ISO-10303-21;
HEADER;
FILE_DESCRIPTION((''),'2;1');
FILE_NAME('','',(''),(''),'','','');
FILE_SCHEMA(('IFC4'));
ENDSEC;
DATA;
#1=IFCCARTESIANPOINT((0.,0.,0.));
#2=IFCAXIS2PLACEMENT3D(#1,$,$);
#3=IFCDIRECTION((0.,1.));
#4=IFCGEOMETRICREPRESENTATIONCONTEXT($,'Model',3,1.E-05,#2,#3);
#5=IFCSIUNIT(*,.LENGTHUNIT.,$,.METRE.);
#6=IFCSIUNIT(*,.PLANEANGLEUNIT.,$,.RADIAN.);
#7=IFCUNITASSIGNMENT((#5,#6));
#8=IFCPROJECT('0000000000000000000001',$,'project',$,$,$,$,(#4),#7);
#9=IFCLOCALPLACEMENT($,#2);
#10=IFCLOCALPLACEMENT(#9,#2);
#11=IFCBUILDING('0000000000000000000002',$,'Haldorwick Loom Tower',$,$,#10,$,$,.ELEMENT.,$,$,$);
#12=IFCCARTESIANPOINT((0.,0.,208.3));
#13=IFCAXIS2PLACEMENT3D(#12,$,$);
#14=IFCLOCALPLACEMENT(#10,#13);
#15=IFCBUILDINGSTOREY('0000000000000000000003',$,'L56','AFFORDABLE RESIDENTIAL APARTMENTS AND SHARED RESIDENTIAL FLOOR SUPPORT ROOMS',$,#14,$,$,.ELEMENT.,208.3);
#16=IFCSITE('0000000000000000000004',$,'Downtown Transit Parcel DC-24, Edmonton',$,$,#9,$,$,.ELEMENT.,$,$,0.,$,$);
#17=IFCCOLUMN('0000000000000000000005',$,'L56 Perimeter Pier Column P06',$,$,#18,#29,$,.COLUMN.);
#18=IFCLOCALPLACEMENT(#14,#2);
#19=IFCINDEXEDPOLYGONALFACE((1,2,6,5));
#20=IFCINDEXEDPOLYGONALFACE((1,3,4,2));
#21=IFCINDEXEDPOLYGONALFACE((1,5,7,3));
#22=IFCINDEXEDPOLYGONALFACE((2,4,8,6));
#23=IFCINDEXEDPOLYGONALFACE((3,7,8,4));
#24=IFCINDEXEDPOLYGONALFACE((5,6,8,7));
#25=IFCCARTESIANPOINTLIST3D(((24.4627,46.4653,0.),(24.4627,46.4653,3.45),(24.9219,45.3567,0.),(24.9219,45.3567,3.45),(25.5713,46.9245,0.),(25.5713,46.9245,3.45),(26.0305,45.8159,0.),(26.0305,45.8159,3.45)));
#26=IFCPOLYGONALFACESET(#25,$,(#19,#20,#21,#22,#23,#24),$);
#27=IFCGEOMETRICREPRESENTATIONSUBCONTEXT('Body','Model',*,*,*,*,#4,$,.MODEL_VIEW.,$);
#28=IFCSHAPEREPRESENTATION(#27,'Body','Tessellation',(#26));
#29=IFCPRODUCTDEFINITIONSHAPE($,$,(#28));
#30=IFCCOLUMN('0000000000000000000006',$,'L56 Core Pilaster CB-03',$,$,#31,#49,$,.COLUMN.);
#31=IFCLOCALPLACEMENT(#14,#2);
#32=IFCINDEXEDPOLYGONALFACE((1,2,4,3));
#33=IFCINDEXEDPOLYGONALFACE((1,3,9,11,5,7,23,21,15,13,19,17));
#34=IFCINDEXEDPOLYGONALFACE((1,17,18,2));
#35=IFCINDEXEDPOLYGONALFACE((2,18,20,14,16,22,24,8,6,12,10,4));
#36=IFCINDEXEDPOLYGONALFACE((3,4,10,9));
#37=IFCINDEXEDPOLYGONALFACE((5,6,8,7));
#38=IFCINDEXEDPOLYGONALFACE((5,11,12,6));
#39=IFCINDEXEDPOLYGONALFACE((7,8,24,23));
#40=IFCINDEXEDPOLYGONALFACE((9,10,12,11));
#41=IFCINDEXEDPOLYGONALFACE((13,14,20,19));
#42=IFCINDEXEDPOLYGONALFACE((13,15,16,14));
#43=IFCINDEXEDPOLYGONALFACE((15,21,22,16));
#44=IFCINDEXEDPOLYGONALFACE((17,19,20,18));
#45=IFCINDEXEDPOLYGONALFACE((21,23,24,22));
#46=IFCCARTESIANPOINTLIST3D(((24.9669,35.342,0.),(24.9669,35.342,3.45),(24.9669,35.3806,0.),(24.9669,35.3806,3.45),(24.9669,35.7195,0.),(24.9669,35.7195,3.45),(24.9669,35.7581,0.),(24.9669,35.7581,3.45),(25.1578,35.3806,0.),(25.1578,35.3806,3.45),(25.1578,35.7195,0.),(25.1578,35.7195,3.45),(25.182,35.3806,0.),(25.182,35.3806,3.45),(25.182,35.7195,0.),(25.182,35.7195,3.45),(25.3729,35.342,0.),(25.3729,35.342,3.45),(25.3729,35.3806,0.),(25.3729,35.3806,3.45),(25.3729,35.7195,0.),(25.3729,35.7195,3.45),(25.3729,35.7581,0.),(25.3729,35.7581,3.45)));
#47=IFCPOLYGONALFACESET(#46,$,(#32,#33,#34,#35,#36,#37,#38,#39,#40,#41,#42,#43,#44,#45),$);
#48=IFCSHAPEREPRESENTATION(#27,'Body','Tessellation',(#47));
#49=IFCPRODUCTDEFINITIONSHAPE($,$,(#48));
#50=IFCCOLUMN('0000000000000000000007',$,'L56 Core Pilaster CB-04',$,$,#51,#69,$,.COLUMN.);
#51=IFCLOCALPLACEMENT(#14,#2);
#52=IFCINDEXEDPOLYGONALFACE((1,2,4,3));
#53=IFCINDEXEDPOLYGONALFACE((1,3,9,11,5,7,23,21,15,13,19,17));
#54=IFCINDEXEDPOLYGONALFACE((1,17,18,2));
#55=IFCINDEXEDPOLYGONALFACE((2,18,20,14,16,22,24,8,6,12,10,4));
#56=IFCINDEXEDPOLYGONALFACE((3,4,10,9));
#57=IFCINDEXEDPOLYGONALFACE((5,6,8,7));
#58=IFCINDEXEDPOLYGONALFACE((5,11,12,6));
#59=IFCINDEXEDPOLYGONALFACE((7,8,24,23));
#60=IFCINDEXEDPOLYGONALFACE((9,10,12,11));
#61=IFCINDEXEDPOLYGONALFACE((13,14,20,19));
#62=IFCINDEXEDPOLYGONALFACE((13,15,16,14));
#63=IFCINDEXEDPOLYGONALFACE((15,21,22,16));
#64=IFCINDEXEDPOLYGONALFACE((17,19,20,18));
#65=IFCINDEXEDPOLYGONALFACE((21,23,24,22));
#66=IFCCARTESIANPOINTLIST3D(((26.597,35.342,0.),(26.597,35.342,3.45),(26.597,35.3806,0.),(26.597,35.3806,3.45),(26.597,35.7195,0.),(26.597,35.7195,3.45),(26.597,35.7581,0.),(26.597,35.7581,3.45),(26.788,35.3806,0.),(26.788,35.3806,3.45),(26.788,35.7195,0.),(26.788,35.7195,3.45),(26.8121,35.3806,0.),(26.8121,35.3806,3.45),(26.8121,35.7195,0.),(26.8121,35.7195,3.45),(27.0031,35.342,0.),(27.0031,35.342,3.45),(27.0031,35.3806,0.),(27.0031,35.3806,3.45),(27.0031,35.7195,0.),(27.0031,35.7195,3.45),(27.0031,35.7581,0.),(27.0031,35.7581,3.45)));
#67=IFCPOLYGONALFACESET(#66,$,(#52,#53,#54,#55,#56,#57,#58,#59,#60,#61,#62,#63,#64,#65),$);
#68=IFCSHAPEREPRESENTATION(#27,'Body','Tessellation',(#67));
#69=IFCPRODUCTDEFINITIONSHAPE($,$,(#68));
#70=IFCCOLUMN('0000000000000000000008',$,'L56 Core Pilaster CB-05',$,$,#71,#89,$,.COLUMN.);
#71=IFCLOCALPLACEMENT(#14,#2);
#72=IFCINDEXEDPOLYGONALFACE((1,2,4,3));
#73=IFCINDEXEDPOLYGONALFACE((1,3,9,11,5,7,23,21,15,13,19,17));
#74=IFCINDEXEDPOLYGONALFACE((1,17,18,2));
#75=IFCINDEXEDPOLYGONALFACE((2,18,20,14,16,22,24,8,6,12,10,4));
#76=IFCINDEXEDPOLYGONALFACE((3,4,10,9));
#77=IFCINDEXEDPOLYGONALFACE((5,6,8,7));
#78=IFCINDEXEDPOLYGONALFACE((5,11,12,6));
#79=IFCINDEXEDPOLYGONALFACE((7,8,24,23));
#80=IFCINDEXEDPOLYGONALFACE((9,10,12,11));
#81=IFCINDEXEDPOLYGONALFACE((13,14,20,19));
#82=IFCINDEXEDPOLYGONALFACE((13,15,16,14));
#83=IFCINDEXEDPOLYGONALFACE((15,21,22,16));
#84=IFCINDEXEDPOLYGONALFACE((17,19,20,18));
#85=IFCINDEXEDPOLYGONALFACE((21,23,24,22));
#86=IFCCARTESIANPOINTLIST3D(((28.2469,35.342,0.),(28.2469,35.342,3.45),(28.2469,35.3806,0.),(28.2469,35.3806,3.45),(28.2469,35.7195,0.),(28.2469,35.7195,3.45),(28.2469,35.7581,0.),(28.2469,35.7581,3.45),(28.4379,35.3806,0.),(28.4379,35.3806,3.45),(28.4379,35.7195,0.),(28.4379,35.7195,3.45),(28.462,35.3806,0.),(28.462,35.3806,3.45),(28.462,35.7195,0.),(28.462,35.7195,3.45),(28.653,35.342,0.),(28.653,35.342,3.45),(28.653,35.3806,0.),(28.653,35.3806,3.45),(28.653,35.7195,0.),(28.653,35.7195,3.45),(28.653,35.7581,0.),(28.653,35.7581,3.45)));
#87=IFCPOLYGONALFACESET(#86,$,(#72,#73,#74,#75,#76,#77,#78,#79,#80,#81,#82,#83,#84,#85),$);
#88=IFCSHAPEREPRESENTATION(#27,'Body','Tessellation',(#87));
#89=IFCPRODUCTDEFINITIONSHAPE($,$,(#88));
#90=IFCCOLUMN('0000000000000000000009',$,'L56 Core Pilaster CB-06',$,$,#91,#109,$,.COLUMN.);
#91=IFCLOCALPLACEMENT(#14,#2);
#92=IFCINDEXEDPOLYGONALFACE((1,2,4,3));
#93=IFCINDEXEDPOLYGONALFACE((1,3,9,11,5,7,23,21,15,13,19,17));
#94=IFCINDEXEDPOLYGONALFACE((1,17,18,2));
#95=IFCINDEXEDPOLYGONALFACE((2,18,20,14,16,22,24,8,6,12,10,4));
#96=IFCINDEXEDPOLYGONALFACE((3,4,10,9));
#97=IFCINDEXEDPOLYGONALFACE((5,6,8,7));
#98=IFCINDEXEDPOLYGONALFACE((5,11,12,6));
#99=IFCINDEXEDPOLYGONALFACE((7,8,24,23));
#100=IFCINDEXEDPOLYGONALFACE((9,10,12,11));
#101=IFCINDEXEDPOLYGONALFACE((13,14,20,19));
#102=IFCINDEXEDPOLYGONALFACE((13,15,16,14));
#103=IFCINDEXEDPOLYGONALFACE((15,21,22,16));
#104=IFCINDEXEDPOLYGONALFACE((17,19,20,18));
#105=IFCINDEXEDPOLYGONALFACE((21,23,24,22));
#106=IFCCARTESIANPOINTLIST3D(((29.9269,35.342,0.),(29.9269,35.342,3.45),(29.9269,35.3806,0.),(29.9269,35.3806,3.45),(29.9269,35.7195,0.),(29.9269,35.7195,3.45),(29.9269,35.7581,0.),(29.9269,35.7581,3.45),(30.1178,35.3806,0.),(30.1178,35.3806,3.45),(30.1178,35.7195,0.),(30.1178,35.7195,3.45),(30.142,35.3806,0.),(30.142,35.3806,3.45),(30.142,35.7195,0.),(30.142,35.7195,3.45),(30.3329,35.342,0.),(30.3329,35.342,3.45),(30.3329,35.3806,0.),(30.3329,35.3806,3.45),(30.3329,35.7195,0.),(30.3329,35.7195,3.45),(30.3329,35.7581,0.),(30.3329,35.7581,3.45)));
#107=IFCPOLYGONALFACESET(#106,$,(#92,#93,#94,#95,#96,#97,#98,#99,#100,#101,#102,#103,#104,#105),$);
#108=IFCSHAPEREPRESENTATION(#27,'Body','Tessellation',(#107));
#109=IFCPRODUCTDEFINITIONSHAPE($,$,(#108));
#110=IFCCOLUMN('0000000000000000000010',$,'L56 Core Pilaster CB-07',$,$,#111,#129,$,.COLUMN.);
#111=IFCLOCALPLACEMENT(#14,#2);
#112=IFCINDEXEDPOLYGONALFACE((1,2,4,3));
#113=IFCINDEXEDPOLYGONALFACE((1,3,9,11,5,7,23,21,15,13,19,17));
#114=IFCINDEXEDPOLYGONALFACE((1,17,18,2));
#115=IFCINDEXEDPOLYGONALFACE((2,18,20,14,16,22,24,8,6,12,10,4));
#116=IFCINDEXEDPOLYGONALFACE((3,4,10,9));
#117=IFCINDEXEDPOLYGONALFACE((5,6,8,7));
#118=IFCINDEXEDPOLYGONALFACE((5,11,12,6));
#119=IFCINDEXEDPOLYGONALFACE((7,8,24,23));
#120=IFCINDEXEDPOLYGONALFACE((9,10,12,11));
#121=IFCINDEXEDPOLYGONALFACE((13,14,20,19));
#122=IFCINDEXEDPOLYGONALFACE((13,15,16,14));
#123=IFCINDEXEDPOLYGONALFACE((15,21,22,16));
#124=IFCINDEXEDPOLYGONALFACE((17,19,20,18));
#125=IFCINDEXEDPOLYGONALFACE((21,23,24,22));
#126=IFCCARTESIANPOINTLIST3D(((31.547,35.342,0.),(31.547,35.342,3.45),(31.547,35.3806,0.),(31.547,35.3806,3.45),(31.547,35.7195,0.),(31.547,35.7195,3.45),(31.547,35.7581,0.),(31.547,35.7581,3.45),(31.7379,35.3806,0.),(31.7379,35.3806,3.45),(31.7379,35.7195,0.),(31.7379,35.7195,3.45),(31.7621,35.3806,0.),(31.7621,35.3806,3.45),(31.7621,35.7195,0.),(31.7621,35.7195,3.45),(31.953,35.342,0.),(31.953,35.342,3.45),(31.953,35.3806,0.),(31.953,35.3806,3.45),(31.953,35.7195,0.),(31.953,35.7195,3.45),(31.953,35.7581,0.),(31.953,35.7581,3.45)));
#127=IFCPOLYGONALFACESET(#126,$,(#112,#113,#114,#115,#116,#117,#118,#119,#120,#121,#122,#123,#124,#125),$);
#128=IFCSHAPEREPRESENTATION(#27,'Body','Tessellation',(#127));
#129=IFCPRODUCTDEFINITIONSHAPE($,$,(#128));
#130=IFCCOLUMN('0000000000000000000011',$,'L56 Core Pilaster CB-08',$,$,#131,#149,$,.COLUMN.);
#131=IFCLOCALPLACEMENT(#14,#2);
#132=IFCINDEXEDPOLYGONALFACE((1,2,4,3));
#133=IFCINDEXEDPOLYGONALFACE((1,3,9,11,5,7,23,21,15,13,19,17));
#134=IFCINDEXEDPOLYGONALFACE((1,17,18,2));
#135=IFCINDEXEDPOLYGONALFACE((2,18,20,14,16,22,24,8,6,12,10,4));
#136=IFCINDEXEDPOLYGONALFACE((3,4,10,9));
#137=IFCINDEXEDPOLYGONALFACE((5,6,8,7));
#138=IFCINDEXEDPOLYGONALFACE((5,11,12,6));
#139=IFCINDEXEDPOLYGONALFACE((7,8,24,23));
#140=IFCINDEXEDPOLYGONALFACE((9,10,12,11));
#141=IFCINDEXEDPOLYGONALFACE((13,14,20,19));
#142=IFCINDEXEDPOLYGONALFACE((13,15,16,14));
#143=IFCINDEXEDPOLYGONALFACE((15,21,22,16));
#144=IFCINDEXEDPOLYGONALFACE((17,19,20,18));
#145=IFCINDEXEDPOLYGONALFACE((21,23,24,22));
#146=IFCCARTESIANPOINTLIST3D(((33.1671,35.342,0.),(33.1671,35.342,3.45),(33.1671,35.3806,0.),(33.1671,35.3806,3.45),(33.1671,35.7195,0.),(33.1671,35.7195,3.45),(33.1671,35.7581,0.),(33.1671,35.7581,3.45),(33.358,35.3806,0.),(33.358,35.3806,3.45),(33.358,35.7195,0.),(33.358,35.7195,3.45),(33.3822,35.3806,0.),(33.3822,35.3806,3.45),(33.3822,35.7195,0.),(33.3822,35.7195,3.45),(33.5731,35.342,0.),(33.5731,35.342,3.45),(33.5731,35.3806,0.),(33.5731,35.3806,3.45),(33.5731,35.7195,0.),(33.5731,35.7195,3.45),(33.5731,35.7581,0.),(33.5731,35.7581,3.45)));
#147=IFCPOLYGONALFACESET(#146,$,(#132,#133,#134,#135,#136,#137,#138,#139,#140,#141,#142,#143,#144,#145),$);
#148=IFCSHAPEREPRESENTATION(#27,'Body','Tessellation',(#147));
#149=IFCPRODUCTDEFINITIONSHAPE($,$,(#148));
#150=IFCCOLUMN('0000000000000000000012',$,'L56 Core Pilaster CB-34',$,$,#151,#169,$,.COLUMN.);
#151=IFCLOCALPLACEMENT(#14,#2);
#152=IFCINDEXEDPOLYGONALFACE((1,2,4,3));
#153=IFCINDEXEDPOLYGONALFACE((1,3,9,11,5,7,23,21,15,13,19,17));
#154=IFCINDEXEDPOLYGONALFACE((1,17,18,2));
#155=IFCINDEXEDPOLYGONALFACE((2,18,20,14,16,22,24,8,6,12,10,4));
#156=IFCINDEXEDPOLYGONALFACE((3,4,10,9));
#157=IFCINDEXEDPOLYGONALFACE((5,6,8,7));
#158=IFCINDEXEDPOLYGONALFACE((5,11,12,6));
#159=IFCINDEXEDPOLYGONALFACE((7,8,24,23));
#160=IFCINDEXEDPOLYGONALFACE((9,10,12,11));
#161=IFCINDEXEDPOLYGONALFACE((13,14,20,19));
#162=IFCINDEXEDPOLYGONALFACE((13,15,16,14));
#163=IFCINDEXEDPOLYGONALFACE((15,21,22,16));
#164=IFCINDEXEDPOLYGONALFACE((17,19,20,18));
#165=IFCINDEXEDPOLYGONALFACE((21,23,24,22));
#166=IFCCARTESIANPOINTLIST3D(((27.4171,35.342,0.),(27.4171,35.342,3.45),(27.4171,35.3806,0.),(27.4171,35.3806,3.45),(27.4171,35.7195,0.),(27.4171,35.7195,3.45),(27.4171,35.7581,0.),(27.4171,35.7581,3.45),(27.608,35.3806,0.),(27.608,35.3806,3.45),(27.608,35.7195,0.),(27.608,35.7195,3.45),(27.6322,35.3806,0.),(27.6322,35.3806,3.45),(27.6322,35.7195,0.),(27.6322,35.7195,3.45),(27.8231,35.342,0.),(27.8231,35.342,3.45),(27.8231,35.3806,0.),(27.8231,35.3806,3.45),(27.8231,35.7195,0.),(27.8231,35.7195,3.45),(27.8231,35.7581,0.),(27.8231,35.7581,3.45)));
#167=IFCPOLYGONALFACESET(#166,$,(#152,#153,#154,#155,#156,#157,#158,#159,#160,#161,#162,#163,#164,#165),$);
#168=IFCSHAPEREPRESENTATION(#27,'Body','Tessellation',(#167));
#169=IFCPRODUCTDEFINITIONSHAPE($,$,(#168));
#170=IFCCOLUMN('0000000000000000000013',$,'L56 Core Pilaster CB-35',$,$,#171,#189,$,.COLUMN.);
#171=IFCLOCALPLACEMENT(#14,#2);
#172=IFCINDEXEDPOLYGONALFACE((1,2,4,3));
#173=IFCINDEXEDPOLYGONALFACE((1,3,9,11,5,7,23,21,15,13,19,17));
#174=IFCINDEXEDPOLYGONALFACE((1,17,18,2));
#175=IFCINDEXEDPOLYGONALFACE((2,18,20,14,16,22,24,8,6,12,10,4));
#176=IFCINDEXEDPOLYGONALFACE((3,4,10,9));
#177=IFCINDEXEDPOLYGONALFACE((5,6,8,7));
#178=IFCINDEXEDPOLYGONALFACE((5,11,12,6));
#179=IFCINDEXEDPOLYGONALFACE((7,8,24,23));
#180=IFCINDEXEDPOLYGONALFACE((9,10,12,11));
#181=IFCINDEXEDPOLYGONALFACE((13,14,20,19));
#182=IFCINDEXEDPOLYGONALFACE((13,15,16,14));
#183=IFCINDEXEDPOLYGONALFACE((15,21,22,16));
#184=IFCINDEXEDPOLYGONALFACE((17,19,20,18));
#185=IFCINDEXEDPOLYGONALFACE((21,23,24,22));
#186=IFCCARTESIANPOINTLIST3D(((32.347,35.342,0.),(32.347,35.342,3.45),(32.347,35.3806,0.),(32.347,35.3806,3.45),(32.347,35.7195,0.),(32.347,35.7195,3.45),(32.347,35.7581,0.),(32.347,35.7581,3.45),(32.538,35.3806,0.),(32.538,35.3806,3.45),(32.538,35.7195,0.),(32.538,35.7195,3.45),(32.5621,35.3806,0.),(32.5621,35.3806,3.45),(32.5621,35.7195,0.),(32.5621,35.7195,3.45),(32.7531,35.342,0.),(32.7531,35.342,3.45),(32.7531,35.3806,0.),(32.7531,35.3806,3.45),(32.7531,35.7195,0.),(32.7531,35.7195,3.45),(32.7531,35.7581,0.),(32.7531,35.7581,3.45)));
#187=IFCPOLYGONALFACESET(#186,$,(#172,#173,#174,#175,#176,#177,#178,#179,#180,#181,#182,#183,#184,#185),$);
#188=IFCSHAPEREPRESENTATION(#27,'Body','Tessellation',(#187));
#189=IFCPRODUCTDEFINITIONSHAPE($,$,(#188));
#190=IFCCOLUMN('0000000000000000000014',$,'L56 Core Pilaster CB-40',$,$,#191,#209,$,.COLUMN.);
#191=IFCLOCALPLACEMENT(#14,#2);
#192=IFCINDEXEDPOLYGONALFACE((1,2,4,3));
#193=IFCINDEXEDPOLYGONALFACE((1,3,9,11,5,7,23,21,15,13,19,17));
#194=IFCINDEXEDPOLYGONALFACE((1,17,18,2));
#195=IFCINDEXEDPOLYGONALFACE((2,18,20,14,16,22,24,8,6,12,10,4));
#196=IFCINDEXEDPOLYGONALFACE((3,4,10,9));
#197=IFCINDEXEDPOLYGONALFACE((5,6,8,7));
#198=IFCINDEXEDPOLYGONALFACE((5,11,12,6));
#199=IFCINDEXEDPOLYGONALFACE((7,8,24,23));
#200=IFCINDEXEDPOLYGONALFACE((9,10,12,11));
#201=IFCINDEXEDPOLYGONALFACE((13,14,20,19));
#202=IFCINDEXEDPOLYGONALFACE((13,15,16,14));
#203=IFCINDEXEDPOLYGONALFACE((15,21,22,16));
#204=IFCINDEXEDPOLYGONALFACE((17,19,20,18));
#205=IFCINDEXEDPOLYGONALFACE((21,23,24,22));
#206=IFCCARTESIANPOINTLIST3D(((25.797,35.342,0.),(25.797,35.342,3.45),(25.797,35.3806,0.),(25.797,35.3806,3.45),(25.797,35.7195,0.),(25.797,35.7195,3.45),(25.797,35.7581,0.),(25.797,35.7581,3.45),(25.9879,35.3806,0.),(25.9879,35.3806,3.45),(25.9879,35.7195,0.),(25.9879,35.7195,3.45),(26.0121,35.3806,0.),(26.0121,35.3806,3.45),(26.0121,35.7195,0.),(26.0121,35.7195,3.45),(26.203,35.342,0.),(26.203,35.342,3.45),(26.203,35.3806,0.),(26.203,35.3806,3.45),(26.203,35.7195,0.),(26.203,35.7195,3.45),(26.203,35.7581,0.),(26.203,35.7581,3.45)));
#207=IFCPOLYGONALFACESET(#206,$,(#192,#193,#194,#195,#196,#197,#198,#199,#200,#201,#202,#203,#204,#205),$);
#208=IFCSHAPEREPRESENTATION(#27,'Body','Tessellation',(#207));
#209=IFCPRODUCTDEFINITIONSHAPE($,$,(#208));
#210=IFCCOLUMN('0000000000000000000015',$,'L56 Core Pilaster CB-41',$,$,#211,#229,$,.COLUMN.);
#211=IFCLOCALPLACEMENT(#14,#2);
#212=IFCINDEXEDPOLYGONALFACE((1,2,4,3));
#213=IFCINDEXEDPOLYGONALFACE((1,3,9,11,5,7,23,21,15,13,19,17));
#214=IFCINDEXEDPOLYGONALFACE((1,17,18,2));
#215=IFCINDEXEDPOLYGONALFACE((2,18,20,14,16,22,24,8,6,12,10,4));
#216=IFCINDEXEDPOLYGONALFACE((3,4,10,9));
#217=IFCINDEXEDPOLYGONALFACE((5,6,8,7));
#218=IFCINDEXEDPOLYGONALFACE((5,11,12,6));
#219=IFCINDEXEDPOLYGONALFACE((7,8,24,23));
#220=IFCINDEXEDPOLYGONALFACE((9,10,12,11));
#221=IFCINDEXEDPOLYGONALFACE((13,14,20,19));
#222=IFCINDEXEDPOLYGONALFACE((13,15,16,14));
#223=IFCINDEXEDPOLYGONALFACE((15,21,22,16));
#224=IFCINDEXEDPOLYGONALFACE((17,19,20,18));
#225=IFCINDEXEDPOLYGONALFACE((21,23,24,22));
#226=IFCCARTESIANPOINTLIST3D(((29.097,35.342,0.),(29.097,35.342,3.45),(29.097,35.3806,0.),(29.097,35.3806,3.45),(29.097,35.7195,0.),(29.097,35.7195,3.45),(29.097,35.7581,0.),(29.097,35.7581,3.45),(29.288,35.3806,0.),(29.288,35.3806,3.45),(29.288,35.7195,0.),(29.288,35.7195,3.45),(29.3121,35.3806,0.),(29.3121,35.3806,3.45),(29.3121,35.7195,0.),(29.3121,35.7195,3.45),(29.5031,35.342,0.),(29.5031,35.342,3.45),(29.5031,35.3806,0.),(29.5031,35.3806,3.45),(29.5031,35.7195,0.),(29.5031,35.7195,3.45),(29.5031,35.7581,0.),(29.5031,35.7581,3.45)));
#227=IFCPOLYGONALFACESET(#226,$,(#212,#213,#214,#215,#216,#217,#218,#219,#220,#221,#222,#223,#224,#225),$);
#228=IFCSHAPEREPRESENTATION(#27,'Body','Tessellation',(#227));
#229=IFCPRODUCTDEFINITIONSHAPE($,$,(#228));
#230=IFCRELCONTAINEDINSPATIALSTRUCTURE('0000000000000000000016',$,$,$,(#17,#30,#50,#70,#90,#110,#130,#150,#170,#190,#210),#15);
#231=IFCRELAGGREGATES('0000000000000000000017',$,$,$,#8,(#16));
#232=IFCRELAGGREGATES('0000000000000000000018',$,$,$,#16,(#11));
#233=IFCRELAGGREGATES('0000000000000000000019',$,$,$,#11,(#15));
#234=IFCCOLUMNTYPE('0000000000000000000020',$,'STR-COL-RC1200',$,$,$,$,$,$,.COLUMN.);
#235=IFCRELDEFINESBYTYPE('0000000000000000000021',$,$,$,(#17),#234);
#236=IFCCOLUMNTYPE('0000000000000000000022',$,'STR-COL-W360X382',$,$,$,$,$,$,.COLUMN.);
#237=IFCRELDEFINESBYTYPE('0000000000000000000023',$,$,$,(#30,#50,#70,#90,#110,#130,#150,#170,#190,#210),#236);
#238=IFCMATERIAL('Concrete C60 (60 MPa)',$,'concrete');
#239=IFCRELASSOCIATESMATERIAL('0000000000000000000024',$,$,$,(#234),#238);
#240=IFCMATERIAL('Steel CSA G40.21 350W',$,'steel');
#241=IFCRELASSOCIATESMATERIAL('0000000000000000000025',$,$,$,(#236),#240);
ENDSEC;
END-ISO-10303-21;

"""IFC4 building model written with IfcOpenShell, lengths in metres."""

from ifc_helpers import new_model, si_unit, direction, frame, origin, origin_2d, place, context, subcontext, project, spatial, rectangle, i_section, extrude, material, material_profile, profile_set, type_object, element, save


model = new_model("IFC4")

# Units and contexts
model_context = context("Model", 3, precision=1e-05, world=origin(), true_north=direction((0.0, 1.0)))
body_context = subcontext(model_context, "Body", "Model", "MODEL_VIEW")
ifc_project = project(units=[si_unit("LENGTHUNIT", "METRE"), si_unit("PLANEANGLEUNIT", "RADIAN")], contexts=[model_context])

# Site, building, storey
site_placement = place(None, origin())
site = spatial("IfcSite", under=ifc_project, at=site_placement, Name="Downtown Transit Parcel DC-24, Edmonton", CompositionType="ELEMENT", RefElevation=0.0)
building_placement = place(site_placement, origin())
building = spatial("IfcBuilding", under=site, at=building_placement, Name="Haldorwick Loom Tower", CompositionType="ELEMENT")
storey_placement = place(building_placement, frame((0.0, 0.0, 208.3)))
storey = spatial("IfcBuildingStorey", under=building, at=storey_placement, Name="L56", Description="AFFORDABLE RESIDENTIAL APARTMENTS AND SHARED RESIDENTIAL FLOOR SUPPORT ROOMS", CompositionType="ELEMENT", Elevation=208.3)

# Columns
ifc_material_1 = material(Name="Concrete C60 (60 MPa)", Category="concrete")
ifc_material_profile_1 = material_profile(ifc_material_1, rectangle(XDim=1.2, YDim=1.2, at=origin_2d()), Name="RC1200X1200", Category="concrete")
ifc_profile_set_1 = profile_set([ifc_material_profile_1], Name="Concrete C60 (60 MPa)")
column_type_1 = type_object("IfcColumnType", Name="STR-COL-RC1200", PredefinedType="COLUMN", material=ifc_profile_set_1)
column_placement = place(storey_placement, frame((25.2466, 46.1406, 0.0), z_axis=(0.0, 0.0, 1.0), x_axis=(-0.382683, 0.92388, 0.0)))
element("IfcColumn", 1, at=column_placement, inside=storey, type_object=column_type_1, Name="L56 Perimeter Pier Column P06", PredefinedType="COLUMN", context=body_context, shape_type="SweptSolid", body=[
    extrude(rectangle(XDim=1.2, YDim=1.2, at=origin_2d()), origin(), (0.0, 0.0, 1.0), 3.45),
])
ifc_material_2 = material(Name="Steel CSA G40.21 350W", Category="steel")
ifc_material_profile_2 = material_profile(ifc_material_2, i_section(OverallWidth=0.406, OverallDepth=0.416, WebThickness=0.0242, FlangeThickness=0.0386, at=origin_2d()), Name="W360X382", Category="steel")
ifc_profile_set_2 = profile_set([ifc_material_profile_2], Name="Steel CSA G40.21 350W")
column_type_2 = type_object("IfcColumnType", Name="STR-COL-W360X382", PredefinedType="COLUMN", material=ifc_profile_set_2)
for number, where, z_axis, x_axis, name in (
    (2, (25.1699, 35.55, 0.0), (0.0, 0.0, 1.0), (1.0, 0.0, 0.0), "L56 Core Pilaster CB-03"),
    (3, (26.8, 35.55, 0.0), (0.0, 0.0, 1.0), (1.0, 0.0, 0.0), "L56 Core Pilaster CB-04"),
    (4, (28.45, 35.55, 0.0), (0.0, 0.0, 1.0), (1.0, 0.0, 0.0), "L56 Core Pilaster CB-05"),
    (5, (30.1299, 35.55, 0.0), (0.0, 0.0, 1.0), (1.0, 0.0, 0.0), "L56 Core Pilaster CB-06"),
    (6, (31.75, 35.55, 0.0), (0.0, 0.0, 1.0), (1.0, 0.0, 0.0), "L56 Core Pilaster CB-07"),
    (7, (33.3701, 35.55, 0.0), (0.0, 0.0, 1.0), (1.0, 0.0, 0.0), "L56 Core Pilaster CB-08"),
    (8, (27.6201, 35.55, 0.0), (0.0, 0.0, 1.0), (1.0, 0.0, 0.0), "L56 Core Pilaster CB-34"),
    (9, (32.55, 35.55, 0.0), (0.0, 0.0, 1.0), (1.0, 0.0, 0.0), "L56 Core Pilaster CB-35"),
    (10, (26.0, 35.55, 0.0), (0.0, 0.0, 1.0), (1.0, 0.0, 0.0), "L56 Core Pilaster CB-40"),
    (11, (29.3, 35.55, 0.0), (0.0, 0.0, 1.0), (1.0, 0.0, 0.0), "L56 Core Pilaster CB-41"),
):
    element("IfcColumn", number, at=place(storey_placement, frame(where, z_axis=z_axis, x_axis=x_axis)), inside=storey, type_object=column_type_2, Name=name, PredefinedType="COLUMN", context=body_context, shape_type="SweptSolid", body=[
        extrude(i_section(OverallWidth=0.406, OverallDepth=0.416, WebThickness=0.0242, FlangeThickness=0.0386, at=origin_2d()), origin(), (0.0, 0.0, 1.0), 3.45),
    ])

save(model, "model.ifc")
